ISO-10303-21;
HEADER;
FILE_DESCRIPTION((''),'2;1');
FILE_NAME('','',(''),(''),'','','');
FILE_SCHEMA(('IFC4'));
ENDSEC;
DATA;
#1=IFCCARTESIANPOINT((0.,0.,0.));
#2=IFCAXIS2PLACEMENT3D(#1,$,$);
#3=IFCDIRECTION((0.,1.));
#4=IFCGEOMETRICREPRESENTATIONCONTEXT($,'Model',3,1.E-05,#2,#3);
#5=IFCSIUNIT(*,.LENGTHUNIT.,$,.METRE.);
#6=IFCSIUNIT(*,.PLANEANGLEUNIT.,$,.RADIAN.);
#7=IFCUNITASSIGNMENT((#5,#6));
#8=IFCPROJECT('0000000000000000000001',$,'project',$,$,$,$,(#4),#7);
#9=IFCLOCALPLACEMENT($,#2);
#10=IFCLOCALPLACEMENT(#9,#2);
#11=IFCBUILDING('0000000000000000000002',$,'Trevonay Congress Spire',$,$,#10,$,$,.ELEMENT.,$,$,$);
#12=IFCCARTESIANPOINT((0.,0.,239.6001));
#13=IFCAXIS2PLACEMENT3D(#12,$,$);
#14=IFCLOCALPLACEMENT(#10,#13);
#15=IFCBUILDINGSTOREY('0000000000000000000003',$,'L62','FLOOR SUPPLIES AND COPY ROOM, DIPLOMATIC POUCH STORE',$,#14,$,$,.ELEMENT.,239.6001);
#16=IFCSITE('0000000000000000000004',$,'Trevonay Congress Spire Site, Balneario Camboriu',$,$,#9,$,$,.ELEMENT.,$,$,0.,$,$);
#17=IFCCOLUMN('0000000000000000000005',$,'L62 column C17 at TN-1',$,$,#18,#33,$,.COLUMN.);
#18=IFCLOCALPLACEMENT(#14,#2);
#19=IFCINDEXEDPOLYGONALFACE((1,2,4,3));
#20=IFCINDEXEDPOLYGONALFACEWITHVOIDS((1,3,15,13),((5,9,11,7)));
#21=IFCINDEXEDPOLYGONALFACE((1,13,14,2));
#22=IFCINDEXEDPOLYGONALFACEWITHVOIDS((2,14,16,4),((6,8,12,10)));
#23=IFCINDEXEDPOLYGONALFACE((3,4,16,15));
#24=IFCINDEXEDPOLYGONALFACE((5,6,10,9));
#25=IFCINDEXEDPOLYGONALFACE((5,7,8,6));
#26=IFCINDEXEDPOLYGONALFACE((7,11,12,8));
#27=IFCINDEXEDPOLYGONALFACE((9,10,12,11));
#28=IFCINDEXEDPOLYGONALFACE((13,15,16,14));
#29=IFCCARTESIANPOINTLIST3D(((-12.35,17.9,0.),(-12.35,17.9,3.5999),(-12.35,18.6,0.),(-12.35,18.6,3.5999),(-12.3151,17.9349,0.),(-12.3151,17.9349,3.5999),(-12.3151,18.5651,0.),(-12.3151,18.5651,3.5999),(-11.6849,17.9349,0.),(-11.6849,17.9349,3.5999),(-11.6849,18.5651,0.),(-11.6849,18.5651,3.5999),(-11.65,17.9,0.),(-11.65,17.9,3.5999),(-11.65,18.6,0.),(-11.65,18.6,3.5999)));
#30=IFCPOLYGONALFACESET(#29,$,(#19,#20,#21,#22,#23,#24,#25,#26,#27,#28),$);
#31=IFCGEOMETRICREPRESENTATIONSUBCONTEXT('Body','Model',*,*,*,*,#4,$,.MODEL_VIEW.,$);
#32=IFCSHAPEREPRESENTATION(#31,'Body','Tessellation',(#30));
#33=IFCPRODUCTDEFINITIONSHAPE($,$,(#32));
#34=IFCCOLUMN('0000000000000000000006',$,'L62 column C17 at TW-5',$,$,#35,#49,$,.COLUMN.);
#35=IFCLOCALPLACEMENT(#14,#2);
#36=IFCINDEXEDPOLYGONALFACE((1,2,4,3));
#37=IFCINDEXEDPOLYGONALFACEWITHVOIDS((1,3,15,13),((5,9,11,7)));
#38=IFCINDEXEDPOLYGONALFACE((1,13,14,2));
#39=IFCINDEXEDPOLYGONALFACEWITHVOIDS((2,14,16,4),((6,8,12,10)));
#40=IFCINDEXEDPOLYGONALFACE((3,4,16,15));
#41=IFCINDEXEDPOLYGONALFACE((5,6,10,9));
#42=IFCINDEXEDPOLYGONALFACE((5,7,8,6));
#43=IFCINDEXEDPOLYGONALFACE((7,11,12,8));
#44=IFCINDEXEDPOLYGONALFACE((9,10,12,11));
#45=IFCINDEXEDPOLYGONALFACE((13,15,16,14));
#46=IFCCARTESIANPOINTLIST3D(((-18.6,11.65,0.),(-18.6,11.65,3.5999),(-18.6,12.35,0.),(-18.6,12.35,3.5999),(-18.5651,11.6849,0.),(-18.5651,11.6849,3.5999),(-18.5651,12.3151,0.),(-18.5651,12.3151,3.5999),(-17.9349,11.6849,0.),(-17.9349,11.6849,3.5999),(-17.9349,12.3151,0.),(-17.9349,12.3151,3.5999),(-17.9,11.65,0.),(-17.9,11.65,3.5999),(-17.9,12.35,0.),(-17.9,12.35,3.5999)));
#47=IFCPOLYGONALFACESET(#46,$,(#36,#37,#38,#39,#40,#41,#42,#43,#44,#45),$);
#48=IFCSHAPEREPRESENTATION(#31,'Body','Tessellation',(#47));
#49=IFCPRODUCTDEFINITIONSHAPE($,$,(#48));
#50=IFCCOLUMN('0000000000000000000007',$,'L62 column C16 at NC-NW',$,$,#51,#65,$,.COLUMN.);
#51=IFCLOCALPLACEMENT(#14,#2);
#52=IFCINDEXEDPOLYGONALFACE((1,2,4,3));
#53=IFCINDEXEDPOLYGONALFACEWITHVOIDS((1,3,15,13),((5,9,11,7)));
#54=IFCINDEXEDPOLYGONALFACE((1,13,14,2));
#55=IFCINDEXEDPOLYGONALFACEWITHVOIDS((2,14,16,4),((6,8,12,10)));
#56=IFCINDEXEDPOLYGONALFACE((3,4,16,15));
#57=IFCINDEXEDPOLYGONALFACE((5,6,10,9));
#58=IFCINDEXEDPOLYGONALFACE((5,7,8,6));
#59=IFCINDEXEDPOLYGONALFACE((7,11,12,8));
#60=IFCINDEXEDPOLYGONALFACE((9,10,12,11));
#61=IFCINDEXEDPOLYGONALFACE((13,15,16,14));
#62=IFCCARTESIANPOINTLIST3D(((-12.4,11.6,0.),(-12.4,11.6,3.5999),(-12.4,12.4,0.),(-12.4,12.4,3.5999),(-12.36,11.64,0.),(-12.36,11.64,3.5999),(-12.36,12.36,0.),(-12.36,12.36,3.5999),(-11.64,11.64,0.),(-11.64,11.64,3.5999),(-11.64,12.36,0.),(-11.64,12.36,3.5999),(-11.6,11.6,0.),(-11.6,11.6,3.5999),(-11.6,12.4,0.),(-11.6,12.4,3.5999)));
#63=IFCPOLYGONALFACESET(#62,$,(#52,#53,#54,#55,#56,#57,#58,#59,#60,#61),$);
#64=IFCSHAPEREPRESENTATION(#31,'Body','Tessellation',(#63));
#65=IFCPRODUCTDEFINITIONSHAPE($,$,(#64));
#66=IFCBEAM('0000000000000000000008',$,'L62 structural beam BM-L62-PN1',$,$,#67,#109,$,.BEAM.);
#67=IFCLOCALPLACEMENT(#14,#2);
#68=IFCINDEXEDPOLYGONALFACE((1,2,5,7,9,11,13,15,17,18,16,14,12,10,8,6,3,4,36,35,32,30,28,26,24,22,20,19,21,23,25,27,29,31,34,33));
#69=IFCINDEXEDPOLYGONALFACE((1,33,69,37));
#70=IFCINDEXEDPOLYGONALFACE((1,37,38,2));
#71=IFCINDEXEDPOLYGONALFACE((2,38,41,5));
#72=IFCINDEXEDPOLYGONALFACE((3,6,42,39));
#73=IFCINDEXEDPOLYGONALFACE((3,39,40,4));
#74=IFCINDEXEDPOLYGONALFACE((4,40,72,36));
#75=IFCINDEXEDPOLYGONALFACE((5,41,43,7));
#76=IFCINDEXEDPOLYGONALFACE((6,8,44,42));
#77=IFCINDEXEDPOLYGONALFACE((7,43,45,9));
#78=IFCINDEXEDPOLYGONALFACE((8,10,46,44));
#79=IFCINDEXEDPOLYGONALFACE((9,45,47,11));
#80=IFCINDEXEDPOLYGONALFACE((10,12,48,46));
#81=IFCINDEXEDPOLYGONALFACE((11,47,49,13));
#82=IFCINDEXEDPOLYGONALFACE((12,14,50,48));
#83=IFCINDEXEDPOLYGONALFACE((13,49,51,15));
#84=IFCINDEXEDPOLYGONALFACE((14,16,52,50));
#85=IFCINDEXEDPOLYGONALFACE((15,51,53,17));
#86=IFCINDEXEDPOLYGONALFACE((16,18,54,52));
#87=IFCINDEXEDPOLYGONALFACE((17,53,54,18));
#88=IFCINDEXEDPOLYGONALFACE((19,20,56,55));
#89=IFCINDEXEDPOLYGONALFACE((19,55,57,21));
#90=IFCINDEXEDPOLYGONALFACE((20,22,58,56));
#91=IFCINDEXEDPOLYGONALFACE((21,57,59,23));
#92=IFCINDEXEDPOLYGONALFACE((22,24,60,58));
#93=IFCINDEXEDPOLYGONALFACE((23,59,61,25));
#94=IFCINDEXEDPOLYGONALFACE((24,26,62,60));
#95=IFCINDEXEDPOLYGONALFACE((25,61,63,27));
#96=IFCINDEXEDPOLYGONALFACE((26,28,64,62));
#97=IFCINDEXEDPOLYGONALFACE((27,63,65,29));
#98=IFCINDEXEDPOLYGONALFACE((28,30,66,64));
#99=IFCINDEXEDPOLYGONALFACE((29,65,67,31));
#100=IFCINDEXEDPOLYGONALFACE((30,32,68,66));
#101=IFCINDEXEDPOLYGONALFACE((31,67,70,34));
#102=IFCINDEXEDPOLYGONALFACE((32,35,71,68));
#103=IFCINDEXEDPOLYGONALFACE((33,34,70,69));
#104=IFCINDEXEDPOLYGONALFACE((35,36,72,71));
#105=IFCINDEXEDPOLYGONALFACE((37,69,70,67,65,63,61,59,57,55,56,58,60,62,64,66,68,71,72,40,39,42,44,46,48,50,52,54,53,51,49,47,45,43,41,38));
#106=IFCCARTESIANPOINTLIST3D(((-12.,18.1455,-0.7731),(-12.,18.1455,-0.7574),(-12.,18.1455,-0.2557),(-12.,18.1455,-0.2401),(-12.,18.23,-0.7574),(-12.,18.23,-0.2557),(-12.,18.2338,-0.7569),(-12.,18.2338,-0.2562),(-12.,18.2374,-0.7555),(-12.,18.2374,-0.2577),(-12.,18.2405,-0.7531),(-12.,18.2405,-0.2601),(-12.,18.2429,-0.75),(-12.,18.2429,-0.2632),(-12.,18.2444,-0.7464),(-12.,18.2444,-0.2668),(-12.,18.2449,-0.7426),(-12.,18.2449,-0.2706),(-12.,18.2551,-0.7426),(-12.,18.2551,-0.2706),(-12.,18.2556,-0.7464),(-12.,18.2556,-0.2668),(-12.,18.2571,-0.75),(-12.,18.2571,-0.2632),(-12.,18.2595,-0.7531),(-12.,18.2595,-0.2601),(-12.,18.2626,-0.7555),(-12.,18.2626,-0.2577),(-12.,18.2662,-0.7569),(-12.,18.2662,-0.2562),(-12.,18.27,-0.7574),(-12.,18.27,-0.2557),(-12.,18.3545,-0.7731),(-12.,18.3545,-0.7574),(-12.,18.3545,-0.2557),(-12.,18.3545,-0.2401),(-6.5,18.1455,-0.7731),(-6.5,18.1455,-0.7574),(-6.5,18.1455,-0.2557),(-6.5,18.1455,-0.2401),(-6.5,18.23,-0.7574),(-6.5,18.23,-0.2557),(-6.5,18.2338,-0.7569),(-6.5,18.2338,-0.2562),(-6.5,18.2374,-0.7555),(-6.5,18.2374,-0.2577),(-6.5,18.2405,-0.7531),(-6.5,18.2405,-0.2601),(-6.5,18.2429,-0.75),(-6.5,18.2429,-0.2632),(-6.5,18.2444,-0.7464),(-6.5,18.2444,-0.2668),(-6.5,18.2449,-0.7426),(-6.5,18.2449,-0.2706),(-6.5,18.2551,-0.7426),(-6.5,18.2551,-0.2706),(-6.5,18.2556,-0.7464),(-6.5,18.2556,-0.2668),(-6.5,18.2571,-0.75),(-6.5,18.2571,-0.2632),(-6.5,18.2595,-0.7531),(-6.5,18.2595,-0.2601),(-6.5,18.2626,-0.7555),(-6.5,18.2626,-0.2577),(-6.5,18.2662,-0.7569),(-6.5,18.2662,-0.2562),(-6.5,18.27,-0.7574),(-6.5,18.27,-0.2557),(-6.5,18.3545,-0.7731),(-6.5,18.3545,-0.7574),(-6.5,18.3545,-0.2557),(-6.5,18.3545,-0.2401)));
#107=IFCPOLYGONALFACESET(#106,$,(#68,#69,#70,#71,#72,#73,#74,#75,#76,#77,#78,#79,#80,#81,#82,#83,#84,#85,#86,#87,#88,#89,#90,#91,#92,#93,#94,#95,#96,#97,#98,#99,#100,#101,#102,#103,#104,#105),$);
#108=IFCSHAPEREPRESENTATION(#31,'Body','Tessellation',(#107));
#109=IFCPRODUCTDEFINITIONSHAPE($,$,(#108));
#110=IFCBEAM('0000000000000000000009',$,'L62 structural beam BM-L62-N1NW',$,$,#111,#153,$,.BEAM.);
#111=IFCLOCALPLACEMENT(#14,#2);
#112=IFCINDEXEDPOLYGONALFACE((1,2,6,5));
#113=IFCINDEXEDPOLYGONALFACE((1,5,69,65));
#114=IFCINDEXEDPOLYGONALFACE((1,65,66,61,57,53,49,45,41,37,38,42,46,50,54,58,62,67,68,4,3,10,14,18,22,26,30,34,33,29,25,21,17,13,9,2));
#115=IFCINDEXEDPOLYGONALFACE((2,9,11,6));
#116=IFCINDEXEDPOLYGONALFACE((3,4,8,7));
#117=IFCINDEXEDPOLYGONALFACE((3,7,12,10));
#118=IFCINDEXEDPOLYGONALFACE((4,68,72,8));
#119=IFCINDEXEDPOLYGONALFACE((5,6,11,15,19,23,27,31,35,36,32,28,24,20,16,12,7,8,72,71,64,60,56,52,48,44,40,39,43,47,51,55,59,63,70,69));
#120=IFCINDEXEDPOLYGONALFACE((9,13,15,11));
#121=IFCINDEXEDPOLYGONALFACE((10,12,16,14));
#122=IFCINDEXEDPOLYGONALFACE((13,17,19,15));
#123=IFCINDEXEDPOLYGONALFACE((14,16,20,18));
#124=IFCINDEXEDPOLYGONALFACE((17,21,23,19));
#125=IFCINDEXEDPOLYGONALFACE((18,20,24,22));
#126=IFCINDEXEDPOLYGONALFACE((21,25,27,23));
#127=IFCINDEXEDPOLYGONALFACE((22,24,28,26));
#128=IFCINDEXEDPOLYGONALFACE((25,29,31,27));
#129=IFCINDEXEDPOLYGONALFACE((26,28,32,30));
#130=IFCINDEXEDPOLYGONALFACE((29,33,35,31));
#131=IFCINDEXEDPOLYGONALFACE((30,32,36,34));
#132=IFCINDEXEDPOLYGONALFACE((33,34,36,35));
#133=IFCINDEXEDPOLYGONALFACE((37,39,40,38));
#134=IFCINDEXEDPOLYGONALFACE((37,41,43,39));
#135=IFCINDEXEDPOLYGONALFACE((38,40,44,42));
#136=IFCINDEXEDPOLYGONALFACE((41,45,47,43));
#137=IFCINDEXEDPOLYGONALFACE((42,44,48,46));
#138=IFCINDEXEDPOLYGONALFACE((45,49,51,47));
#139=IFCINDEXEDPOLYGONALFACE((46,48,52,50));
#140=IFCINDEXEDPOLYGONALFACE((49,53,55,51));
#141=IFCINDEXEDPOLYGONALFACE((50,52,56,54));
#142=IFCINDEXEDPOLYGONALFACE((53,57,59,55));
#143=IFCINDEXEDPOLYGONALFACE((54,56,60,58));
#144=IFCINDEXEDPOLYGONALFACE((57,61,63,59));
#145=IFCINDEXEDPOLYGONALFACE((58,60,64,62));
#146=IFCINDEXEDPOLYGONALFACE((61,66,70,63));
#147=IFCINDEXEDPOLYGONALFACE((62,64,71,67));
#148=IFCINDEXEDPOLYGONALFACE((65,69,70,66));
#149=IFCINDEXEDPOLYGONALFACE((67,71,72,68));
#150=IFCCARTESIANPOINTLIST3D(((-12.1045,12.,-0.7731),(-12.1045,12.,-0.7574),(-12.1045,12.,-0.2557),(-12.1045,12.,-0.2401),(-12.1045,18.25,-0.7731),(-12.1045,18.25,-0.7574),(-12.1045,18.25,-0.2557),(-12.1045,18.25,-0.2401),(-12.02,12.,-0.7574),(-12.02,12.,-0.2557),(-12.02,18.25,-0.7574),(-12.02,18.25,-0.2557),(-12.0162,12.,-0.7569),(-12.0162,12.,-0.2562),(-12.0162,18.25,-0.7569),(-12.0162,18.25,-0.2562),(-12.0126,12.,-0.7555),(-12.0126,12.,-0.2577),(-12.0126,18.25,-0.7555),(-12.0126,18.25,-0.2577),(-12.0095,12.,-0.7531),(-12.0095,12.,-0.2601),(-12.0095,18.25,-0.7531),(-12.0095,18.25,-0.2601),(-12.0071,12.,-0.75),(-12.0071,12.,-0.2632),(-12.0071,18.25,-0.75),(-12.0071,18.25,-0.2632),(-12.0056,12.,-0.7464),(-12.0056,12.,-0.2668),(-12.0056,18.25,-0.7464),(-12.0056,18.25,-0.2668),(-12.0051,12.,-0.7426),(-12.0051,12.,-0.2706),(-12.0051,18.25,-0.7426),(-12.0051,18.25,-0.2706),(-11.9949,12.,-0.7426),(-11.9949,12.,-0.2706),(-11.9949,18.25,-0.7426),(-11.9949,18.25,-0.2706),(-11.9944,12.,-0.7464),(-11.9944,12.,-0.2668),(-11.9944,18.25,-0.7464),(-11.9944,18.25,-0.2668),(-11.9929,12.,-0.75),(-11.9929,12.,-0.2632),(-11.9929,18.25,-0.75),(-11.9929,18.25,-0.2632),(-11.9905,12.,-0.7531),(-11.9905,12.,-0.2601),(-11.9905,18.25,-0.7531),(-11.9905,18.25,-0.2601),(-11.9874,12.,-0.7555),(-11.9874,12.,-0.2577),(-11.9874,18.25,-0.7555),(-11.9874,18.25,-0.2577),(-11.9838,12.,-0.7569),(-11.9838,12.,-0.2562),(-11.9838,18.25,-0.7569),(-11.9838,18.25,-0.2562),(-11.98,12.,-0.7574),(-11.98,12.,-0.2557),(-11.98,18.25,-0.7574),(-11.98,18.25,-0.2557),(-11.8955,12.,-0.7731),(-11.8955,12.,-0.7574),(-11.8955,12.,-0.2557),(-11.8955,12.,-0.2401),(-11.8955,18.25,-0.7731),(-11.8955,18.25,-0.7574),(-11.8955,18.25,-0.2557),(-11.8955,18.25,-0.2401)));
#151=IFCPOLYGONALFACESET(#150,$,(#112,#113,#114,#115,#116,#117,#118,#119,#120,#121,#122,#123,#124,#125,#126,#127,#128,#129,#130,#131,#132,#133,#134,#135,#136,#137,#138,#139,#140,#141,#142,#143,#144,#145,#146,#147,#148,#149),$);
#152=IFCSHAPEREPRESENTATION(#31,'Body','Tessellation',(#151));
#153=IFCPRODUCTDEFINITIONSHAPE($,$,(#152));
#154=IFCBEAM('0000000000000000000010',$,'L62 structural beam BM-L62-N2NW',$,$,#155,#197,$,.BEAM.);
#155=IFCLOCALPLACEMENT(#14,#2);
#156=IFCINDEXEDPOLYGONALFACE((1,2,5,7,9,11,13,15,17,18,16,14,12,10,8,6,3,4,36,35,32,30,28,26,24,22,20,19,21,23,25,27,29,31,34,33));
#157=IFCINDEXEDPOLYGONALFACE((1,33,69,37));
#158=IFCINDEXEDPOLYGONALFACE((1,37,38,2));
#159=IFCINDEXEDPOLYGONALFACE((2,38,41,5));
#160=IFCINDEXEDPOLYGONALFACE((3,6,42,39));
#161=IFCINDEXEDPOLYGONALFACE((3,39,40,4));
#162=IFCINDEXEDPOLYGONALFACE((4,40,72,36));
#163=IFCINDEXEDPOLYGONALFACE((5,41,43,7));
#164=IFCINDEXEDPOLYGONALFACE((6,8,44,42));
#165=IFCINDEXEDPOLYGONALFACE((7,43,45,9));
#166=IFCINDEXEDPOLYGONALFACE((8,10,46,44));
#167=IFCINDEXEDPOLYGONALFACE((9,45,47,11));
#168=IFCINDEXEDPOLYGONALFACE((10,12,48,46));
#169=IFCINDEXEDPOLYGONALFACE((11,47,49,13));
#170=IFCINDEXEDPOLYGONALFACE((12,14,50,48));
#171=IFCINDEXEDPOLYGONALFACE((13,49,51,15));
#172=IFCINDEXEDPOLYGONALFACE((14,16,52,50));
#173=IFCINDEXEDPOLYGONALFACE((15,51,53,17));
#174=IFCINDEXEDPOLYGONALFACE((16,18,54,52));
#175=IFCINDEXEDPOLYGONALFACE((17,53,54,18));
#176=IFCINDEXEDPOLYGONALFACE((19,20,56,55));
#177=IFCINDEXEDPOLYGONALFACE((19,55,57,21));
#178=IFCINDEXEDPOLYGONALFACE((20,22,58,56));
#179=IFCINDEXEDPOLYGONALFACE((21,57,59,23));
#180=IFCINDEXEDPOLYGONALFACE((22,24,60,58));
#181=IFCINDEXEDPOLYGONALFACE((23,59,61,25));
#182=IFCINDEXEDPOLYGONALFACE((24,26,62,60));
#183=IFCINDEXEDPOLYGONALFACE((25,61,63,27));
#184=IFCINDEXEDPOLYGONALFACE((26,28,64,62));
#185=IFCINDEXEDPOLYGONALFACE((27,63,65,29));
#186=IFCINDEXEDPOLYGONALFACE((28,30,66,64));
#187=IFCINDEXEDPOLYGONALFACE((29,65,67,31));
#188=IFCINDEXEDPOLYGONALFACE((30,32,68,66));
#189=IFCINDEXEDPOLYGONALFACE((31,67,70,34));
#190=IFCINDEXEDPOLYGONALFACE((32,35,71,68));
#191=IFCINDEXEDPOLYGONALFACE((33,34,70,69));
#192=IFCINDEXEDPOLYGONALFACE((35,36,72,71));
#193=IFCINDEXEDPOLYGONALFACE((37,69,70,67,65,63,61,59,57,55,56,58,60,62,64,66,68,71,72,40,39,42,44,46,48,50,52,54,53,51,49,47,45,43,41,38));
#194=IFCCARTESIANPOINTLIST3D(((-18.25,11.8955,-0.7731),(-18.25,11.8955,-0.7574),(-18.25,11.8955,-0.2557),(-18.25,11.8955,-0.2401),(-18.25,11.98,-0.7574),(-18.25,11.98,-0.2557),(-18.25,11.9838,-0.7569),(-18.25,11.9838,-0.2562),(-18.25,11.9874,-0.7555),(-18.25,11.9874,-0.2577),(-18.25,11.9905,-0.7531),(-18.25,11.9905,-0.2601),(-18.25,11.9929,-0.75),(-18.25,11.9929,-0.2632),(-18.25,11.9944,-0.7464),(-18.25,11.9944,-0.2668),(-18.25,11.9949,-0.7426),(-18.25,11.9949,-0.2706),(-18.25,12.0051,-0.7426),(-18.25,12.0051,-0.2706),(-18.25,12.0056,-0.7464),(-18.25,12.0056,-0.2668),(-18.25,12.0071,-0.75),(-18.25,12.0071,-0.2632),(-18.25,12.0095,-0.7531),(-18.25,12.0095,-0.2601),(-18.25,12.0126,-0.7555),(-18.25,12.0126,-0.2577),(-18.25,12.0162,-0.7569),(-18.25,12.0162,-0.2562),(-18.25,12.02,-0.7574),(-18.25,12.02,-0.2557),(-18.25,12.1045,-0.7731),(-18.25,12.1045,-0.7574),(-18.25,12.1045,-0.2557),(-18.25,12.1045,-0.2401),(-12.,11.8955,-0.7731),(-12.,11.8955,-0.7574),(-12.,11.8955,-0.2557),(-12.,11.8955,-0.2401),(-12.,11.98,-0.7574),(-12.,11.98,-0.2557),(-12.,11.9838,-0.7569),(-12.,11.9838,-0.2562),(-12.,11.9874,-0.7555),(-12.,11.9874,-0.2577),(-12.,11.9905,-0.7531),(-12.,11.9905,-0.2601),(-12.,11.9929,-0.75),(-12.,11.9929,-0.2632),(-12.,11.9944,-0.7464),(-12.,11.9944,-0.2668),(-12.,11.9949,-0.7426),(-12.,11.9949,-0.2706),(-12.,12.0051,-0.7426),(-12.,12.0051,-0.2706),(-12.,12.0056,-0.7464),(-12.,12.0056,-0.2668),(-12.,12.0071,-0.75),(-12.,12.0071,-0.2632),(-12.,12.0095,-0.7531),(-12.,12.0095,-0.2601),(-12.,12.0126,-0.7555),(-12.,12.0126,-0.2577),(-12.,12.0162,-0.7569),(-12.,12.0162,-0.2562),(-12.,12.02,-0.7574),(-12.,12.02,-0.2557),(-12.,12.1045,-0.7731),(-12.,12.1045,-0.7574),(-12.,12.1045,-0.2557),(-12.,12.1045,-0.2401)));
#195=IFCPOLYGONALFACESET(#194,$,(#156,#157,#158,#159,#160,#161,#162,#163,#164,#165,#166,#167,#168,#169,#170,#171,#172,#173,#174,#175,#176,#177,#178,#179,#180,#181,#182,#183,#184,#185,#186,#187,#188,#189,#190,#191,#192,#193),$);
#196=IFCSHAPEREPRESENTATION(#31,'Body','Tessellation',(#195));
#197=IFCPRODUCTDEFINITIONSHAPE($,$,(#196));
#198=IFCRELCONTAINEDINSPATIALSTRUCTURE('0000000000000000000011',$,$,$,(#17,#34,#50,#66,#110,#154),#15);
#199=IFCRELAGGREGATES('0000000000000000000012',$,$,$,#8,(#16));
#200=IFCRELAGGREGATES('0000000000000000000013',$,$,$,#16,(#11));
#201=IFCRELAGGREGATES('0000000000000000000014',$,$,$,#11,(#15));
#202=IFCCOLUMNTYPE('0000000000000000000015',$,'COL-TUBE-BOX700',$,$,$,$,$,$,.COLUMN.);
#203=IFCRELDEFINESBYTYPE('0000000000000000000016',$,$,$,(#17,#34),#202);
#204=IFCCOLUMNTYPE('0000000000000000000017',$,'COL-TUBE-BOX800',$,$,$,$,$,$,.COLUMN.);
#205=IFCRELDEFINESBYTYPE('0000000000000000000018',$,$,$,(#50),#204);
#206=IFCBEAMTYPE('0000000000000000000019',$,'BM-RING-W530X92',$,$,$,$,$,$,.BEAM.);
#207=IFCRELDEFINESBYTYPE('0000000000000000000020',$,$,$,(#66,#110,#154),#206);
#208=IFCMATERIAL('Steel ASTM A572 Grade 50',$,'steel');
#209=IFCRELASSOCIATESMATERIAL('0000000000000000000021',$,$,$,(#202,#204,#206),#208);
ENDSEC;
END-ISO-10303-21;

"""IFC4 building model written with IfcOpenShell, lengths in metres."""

from ifc_helpers import new_model, si_unit, direction, frame, origin, origin_2d, place, context, subcontext, project, spatial, hollow_rectangle, i_section, extrude, material, material_profile, profile_set, type_object, element, save


model = new_model("IFC4")

# Units and contexts
model_context = context("Model", 3, precision=1e-05, world=origin(), true_north=direction((0.0, 1.0)))
body_context = subcontext(model_context, "Body", "Model", "MODEL_VIEW")
ifc_project = project(units=[si_unit("LENGTHUNIT", "METRE"), si_unit("PLANEANGLEUNIT", "RADIAN")], contexts=[model_context])

# Site, building, storey
site_placement = place(None, origin())
site = spatial("IfcSite", under=ifc_project, at=site_placement, Name="Trevonay Congress Spire Site, Balneario Camboriu", CompositionType="ELEMENT", RefElevation=0.0)
building_placement = place(site_placement, origin())
building = spatial("IfcBuilding", under=site, at=building_placement, Name="Trevonay Congress Spire", CompositionType="ELEMENT")
storey_placement = place(building_placement, frame((0.0, 0.0, 239.6001)))
storey = spatial("IfcBuildingStorey", under=building, at=storey_placement, Name="L62", Description="FLOOR SUPPLIES AND COPY ROOM, DIPLOMATIC POUCH STORE", CompositionType="ELEMENT", Elevation=239.6001)

# Columns
ifc_material_1 = material(Name="Steel ASTM A572 Grade 50", Category="steel")
ifc_material_profile_1 = material_profile(ifc_material_1, hollow_rectangle(XDim=0.7, YDim=0.7, WallThickness=0.0349, at=origin_2d()), Name="BOX 700x700x35")
ifc_profile_set_1 = profile_set([ifc_material_profile_1], Name="Steel ASTM A572 Grade 50")
column_type_1 = type_object("IfcColumnType", Name="COL-TUBE-BOX700", PredefinedType="COLUMN", material=ifc_profile_set_1)
for number, where, z_axis, x_axis, name in (
    (1, (-12.0, 18.25, 0.0), (0.0, 0.0, 1.0), (1.0, 0.0, 0.0), "L62 column C17 at TN-1"),
    (2, (-18.25, 12.0, 0.0), (0.0, 0.0, 1.0), (1.0, 0.0, 0.0), "L62 column C17 at TW-5"),
):
    element("IfcColumn", number, at=place(storey_placement, frame(where, z_axis=z_axis, x_axis=x_axis)), inside=storey, type_object=column_type_1, Name=name, PredefinedType="COLUMN", context=body_context, shape_type="SweptSolid", body=[
        extrude(hollow_rectangle(XDim=0.7, YDim=0.7, WallThickness=0.0349, at=origin_2d()), origin(), (0.0, 0.0, 1.0), 3.5999),
    ])
ifc_material_profile_2 = material_profile(ifc_material_1, hollow_rectangle(XDim=0.8, YDim=0.8, WallThickness=0.04, at=origin_2d()), Name="BOX 800x800x40")
ifc_profile_set_2 = profile_set([ifc_material_profile_2], Name="Steel ASTM A572 Grade 50")
column_type_2 = type_object("IfcColumnType", Name="COL-TUBE-BOX800", PredefinedType="COLUMN", material=ifc_profile_set_2)
column_placement = place(storey_placement, frame((-12.0, 12.0, 0.0), z_axis=(0.0, 0.0, 1.0), x_axis=(1.0, 0.0, 0.0)))
element("IfcColumn", 3, at=column_placement, inside=storey, type_object=column_type_2, Name="L62 column C16 at NC-NW", PredefinedType="COLUMN", context=body_context, shape_type="SweptSolid", body=[
    extrude(hollow_rectangle(XDim=0.8, YDim=0.8, WallThickness=0.04, at=origin_2d()), origin(), (0.0, 0.0, 1.0), 3.5999),
])

# Beams
ifc_material_profile_3 = material_profile(ifc_material_1, i_section(OverallWidth=0.209, OverallDepth=0.533, WebThickness=0.0103, FlangeThickness=0.0156, FilletRadius=0.0149, at=origin_2d()), Name="W530x92")
ifc_profile_set_3 = profile_set([ifc_material_profile_3], Name="Steel ASTM A572 Grade 50")
beam_type_1 = type_object("IfcBeamType", Name="BM-RING-W530X92", PredefinedType="BEAM", material=ifc_profile_set_3)
beam_1_placement = place(storey_placement, frame((-12.0, 18.25, -0.5066), z_axis=(1.0, 0.0, 0.0), x_axis=(0.0, 1.0, 0.0)))
element("IfcBeam", 4, at=beam_1_placement, inside=storey, type_object=beam_type_1, Name="L62 structural beam BM-L62-PN1", PredefinedType="BEAM", context=body_context, shape_type="SweptSolid", body=[
    extrude(i_section(OverallWidth=0.209, OverallDepth=0.533, WebThickness=0.0103, FlangeThickness=0.0156, FilletRadius=0.0149, at=origin_2d()), origin(), (0.0, 0.0, 1.0), 5.5),
])
for number, where, z_axis, x_axis, name in (
    (5, (-12.0, 18.25, -0.5066), (0.0, -1.0, 0.0), (1.0, 0.0, 0.0), "L62 structural beam BM-L62-N1NW"),
    (6, (-18.25, 12.0, -0.5066), (1.0, 0.0, 0.0), (0.0, 1.0, 0.0), "L62 structural beam BM-L62-N2NW"),
):
    element("IfcBeam", number, at=place(storey_placement, frame(where, z_axis=z_axis, x_axis=x_axis)), inside=storey, type_object=beam_type_1, Name=name, PredefinedType="BEAM", context=body_context, shape_type="SweptSolid", body=[
        extrude(i_section(OverallWidth=0.209, OverallDepth=0.533, WebThickness=0.0103, FlangeThickness=0.0156, FilletRadius=0.0149, at=origin_2d()), origin(), (0.0, 0.0, 1.0), 6.25),
    ])

save(model, "model.ifc")
